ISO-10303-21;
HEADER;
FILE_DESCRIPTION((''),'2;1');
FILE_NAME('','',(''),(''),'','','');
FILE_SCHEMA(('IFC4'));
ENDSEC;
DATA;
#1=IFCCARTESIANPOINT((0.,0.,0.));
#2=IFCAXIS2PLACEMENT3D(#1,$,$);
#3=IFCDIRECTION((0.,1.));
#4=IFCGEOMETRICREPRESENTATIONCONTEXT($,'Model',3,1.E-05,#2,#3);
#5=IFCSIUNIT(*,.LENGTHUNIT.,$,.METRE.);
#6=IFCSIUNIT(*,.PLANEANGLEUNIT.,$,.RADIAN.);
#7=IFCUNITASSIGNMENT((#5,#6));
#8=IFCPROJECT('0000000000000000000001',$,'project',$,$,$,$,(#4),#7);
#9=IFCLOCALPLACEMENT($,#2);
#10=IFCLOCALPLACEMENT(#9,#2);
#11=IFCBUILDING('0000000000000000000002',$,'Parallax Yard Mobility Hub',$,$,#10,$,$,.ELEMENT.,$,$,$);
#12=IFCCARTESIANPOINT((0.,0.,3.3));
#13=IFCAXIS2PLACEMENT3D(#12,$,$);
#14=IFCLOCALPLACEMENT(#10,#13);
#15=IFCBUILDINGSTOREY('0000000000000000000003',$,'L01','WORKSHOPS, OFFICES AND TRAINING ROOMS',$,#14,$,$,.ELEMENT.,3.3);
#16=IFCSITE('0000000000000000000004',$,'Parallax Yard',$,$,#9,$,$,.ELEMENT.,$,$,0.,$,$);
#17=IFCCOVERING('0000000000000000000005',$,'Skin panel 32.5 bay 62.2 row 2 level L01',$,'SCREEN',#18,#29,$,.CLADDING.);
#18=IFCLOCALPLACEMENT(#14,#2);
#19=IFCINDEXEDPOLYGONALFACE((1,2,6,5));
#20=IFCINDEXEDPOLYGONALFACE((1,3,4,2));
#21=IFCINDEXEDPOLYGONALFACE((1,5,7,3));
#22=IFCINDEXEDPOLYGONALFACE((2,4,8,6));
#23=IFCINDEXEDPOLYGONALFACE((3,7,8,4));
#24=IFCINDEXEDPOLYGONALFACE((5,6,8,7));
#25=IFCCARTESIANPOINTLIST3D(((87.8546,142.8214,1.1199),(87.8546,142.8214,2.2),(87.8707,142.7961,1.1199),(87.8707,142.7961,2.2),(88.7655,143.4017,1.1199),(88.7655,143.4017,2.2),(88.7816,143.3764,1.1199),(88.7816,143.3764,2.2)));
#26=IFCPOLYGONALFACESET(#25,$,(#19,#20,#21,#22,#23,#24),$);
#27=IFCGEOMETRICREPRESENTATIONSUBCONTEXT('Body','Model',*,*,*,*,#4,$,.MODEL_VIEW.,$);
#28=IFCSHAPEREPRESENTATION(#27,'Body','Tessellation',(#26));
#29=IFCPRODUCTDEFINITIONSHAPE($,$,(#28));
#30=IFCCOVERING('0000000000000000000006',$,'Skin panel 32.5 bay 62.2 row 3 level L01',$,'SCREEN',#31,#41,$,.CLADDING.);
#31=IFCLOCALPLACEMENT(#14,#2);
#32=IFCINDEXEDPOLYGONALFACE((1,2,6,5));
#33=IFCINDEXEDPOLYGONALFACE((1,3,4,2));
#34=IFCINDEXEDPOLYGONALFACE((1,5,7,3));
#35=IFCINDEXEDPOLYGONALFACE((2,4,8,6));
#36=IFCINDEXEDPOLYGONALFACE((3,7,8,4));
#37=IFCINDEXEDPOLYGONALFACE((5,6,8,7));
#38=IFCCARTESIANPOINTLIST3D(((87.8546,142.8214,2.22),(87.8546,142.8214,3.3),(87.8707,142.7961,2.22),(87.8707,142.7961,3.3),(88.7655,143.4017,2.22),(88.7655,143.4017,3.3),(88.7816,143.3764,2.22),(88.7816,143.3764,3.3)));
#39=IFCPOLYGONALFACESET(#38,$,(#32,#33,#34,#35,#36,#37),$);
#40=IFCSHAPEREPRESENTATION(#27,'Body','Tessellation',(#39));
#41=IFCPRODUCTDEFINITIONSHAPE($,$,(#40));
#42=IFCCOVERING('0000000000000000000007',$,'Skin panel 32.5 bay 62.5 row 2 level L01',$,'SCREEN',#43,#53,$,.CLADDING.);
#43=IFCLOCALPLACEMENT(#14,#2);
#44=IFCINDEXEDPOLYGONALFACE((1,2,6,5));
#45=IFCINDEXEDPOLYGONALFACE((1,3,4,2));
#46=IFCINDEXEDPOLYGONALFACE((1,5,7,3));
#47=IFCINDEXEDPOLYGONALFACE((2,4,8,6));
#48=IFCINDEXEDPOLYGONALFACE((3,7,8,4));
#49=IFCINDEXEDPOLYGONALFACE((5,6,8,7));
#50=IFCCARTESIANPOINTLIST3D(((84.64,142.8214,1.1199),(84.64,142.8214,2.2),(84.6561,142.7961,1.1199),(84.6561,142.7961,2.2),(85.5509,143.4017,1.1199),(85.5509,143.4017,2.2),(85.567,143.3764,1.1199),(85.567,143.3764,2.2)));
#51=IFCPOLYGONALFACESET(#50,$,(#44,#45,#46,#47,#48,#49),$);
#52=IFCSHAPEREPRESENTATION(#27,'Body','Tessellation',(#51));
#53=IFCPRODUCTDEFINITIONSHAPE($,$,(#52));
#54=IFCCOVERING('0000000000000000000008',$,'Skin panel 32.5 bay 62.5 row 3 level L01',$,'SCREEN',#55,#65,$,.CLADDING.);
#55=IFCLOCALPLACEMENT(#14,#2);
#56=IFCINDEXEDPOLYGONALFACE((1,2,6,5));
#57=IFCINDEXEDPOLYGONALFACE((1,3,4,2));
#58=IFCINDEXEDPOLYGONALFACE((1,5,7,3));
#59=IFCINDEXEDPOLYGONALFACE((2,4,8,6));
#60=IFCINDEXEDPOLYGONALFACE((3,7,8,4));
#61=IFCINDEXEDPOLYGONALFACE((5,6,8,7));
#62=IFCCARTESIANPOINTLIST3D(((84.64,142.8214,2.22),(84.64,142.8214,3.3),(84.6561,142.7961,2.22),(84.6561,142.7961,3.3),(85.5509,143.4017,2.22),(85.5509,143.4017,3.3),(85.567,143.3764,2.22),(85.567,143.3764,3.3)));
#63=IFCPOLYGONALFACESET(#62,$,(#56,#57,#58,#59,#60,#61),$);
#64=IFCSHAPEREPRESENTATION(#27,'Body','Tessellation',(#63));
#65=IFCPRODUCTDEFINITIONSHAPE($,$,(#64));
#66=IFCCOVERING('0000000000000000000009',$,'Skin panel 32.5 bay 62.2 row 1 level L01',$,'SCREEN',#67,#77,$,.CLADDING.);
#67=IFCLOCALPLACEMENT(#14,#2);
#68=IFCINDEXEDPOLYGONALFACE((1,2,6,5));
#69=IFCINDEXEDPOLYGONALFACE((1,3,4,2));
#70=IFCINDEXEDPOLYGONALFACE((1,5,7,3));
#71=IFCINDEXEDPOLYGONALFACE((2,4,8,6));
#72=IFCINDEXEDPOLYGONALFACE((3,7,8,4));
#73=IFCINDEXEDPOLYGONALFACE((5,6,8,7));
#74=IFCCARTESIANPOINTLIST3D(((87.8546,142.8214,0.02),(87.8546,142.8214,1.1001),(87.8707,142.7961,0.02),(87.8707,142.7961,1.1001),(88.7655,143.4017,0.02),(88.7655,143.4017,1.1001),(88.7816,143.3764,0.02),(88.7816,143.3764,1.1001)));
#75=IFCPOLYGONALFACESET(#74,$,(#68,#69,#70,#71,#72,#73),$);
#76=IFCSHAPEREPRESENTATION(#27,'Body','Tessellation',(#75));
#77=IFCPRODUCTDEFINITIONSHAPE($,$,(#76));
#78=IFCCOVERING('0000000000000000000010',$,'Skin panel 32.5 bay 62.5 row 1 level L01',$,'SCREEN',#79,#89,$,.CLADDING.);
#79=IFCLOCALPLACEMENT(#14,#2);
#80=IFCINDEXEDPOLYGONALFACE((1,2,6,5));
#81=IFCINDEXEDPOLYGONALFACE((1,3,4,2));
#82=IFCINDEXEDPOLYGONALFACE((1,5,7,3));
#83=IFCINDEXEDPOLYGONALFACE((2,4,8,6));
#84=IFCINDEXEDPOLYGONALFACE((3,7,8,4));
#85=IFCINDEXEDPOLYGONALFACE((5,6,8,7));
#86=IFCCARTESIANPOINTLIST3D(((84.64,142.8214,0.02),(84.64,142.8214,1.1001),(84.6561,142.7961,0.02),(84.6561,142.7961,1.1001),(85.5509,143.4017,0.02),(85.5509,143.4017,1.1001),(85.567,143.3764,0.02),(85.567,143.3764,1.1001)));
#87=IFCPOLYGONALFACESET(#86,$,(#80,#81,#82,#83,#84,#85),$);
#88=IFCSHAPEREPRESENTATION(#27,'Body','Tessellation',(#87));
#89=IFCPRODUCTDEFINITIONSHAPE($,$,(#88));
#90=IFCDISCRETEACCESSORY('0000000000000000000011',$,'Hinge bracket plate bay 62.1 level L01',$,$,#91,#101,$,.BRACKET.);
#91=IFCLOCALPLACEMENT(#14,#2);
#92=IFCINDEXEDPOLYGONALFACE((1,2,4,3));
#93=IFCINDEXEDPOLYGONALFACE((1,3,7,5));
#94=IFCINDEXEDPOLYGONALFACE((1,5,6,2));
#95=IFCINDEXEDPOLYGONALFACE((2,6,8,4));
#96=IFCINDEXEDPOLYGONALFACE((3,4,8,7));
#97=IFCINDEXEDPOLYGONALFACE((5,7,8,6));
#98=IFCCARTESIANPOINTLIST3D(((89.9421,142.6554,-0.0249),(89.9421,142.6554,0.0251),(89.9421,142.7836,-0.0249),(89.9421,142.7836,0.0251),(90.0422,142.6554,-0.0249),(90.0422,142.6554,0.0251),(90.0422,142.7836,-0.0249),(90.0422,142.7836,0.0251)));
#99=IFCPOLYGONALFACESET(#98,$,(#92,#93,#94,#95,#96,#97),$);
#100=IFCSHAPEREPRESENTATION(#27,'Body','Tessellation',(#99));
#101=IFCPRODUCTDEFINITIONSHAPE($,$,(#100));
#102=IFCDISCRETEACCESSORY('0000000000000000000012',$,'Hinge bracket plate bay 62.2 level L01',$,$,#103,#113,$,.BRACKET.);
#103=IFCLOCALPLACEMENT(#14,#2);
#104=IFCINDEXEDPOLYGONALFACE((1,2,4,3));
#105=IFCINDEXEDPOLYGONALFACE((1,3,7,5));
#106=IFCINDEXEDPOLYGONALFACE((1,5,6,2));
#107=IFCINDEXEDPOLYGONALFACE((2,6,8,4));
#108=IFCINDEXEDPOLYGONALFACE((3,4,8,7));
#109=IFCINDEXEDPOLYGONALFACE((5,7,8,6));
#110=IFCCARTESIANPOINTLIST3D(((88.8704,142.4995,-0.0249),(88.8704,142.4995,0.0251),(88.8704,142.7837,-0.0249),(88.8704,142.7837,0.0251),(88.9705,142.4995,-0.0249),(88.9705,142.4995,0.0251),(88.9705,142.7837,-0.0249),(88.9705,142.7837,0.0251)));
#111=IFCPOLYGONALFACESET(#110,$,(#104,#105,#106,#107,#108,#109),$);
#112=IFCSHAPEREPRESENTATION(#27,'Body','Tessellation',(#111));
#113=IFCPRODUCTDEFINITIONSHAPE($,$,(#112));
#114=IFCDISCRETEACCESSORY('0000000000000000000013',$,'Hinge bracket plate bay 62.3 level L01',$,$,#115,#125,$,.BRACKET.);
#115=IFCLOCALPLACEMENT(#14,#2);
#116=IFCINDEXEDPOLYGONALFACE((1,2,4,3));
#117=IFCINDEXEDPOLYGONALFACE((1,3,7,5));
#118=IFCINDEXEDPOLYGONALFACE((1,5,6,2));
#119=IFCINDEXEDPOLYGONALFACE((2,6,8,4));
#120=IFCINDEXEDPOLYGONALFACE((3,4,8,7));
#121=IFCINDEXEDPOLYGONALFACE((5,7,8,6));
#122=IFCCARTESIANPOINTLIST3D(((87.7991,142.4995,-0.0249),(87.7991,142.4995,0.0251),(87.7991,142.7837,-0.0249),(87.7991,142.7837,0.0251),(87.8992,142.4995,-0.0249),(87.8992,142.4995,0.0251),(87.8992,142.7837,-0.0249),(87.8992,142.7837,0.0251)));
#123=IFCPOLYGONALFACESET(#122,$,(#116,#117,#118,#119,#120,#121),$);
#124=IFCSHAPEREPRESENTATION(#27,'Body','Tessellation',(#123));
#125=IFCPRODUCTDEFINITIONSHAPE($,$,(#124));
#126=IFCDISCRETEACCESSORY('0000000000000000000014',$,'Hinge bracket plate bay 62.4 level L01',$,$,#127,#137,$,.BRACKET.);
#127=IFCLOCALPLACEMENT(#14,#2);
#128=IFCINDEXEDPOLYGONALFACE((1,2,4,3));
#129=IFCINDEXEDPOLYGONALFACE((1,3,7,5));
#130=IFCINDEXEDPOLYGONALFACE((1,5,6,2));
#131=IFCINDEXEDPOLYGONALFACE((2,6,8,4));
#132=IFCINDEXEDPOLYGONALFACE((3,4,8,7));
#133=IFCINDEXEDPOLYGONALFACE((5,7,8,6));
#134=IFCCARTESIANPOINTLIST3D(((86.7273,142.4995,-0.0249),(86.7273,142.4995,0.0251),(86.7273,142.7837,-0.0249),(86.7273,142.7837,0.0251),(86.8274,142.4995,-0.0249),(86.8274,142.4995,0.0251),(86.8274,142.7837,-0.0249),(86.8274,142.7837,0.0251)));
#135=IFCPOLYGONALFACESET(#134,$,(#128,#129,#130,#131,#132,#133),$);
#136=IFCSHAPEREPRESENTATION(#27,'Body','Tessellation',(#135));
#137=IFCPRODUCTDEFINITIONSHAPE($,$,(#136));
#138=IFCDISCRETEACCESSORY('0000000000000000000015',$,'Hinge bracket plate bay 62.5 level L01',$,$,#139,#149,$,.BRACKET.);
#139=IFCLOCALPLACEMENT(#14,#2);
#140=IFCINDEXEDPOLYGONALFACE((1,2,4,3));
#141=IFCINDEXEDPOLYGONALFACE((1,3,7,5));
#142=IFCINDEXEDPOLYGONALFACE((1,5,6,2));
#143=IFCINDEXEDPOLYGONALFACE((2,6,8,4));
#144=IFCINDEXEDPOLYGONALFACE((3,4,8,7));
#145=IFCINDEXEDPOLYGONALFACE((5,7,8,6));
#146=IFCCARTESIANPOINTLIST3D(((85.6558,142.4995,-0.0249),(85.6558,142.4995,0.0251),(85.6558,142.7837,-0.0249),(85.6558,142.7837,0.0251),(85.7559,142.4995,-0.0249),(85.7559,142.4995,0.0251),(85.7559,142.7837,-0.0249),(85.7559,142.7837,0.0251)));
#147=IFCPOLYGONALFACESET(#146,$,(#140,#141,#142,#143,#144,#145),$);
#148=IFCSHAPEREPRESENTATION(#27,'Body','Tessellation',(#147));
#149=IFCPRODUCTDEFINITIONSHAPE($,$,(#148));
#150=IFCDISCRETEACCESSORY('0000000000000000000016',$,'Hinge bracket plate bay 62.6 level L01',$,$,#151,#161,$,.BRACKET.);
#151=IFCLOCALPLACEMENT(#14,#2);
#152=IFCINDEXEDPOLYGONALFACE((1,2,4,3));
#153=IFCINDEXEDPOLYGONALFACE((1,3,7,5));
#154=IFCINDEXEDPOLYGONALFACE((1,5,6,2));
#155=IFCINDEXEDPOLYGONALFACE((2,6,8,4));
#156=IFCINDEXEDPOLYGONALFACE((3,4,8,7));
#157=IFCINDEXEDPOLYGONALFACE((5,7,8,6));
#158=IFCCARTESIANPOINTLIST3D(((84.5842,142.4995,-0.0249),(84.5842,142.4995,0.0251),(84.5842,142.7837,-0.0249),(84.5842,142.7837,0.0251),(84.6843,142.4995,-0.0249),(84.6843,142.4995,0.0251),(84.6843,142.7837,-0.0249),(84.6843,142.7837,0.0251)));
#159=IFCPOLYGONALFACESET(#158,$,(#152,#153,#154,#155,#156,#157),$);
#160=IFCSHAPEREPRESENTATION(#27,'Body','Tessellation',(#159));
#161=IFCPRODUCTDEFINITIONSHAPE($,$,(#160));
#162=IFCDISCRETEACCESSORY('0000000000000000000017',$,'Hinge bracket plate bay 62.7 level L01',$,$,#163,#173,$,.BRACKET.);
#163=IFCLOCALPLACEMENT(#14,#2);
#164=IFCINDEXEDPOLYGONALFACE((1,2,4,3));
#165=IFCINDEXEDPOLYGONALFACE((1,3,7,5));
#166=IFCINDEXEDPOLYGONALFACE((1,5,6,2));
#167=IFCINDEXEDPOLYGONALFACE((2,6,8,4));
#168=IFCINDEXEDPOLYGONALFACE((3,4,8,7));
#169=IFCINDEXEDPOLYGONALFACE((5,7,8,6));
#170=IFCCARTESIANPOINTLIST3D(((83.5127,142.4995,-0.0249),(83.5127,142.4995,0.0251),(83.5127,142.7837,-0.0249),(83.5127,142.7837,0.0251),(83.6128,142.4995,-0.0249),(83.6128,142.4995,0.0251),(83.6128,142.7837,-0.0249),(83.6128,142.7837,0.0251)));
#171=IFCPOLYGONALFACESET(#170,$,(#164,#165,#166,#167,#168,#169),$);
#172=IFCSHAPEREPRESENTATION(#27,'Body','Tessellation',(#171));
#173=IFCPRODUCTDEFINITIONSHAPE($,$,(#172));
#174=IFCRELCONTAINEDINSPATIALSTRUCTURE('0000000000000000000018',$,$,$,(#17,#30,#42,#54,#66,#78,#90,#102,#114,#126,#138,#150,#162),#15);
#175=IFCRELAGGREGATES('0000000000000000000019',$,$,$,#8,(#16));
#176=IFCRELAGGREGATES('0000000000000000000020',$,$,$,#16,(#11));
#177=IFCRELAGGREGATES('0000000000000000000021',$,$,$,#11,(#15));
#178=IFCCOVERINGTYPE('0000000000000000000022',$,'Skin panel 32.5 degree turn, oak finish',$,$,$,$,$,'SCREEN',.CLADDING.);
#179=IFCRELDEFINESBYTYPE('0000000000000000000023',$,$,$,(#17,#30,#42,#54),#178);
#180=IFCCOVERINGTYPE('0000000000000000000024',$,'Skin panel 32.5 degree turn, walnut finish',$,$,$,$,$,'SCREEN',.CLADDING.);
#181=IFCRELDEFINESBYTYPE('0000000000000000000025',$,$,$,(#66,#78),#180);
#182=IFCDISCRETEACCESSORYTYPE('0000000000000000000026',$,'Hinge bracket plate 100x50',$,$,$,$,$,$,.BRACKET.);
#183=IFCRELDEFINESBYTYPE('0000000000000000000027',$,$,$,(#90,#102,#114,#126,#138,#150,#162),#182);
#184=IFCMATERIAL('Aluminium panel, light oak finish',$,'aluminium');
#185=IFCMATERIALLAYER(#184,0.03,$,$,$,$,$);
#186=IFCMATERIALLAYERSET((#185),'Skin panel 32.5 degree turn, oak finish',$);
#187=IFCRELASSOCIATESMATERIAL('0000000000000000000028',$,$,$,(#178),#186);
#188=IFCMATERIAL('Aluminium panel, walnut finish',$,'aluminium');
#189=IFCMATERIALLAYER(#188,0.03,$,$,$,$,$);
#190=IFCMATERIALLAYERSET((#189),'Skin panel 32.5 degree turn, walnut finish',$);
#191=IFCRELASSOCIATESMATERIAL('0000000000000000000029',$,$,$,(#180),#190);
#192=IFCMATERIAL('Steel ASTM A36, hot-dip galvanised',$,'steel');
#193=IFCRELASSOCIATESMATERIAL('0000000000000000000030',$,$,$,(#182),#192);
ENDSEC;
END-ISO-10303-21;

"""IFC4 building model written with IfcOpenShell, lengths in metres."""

from ifc_helpers import new_model, si_unit, direction, frame, origin, origin_2d, place, context, subcontext, project, spatial, rectangle, extrude, material, layer, layer_set, type_object, element, save


model = new_model("IFC4")

# Units and contexts
model_context = context("Model", 3, precision=1e-05, world=origin(), true_north=direction((0.0, 1.0)))
body_context = subcontext(model_context, "Body", "Model", "MODEL_VIEW")
ifc_project = project(units=[si_unit("LENGTHUNIT", "METRE"), si_unit("PLANEANGLEUNIT", "RADIAN")], contexts=[model_context])

# Site, building, storey
site_placement = place(None, origin())
site = spatial("IfcSite", under=ifc_project, at=site_placement, Name="Parallax Yard", CompositionType="ELEMENT", RefElevation=0.0)
building_placement = place(site_placement, origin())
building = spatial("IfcBuilding", under=site, at=building_placement, Name="Parallax Yard Mobility Hub", CompositionType="ELEMENT")
storey_placement = place(building_placement, frame((0.0, 0.0, 3.3)))
storey = spatial("IfcBuildingStorey", under=building, at=storey_placement, Name="L01", Description="WORKSHOPS, OFFICES AND TRAINING ROOMS", CompositionType="ELEMENT", Elevation=3.3)

# Coverings
ifc_material_1 = material(Name="Aluminium panel, light oak finish", Category="aluminium")
ifc_material_2 = material(Name="Aluminium panel, walnut finish", Category="aluminium")
ifc_layer_1 = layer(ifc_material_1, 0.03)
ifc_layer_set_1 = layer_set([ifc_layer_1], Name="Skin panel 32.5 degree turn, oak finish")
covering_type_1 = type_object("IfcCoveringType", Name="Skin panel 32.5 degree turn, oak finish", ElementType="SCREEN", PredefinedType="CLADDING", material=ifc_layer_set_1)
for number, where, z_axis, x_axis, name in (
    (1, (88.3181, 143.0989, 1.1199), (0.0, 0.0, 1.0), (0.843391, 0.5373, 0.0), "Skin panel 32.5 bay 62.2 row 2 level L01"),
    (2, (88.3181, 143.0989, 2.22), (0.0, 0.0, 1.0), (0.843391, 0.5373, 0.0), "Skin panel 32.5 bay 62.2 row 3 level L01"),
    (3, (85.1035, 143.0989, 1.1199), (0.0, 0.0, 1.0), (0.843391, 0.5373, 0.0), "Skin panel 32.5 bay 62.5 row 2 level L01"),
    (4, (85.1035, 143.0989, 2.22), (0.0, 0.0, 1.0), (0.843391, 0.5373, 0.0), "Skin panel 32.5 bay 62.5 row 3 level L01"),
):
    element("IfcCovering", number, at=place(storey_placement, frame(where, z_axis=z_axis, x_axis=x_axis)), inside=storey, type_object=covering_type_1, Name=name, ObjectType="SCREEN", PredefinedType="CLADDING", context=body_context, shape_type="SweptSolid", body=[
        extrude(rectangle(XDim=1.0801, YDim=0.03, at=origin_2d()), origin(), (0.0, 0.0, 1.0), 1.0801),
    ])
ifc_layer_2 = layer(ifc_material_2, 0.03)
ifc_layer_set_2 = layer_set([ifc_layer_2], Name="Skin panel 32.5 degree turn, walnut finish")
covering_type_2 = type_object("IfcCoveringType", Name="Skin panel 32.5 degree turn, walnut finish", ElementType="SCREEN", PredefinedType="CLADDING", material=ifc_layer_set_2)
for number, where, z_axis, x_axis, name in (
    (5, (88.3181, 143.0989, 0.02), (0.0, 0.0, 1.0), (0.843391, 0.5373, 0.0), "Skin panel 32.5 bay 62.2 row 1 level L01"),
    (6, (85.1035, 143.0989, 0.02), (0.0, 0.0, 1.0), (0.843391, 0.5373, 0.0), "Skin panel 32.5 bay 62.5 row 1 level L01"),
):
    element("IfcCovering", number, at=place(storey_placement, frame(where, z_axis=z_axis, x_axis=x_axis)), inside=storey, type_object=covering_type_2, Name=name, ObjectType="SCREEN", PredefinedType="CLADDING", context=body_context, shape_type="SweptSolid", body=[
        extrude(rectangle(XDim=1.0801, YDim=0.03, at=origin_2d()), origin(), (0.0, 0.0, 1.0), 1.0801),
    ])

# Discrete accessories
ifc_material_3 = material(Name="Steel ASTM A36, hot-dip galvanised", Category="steel")
discrete_accessory_type_1 = type_object("IfcDiscreteAccessoryType", Name="Hinge bracket plate 100x50", PredefinedType="BRACKET", material=ifc_material_3)
discrete_accessory_placement = place(storey_placement, frame((89.9922, 142.7195, -0.0249), z_axis=(0.0, 0.0, 1.0), x_axis=(0.0, 1.0, 0.0)))
element("IfcDiscreteAccessory", 7, at=discrete_accessory_placement, inside=storey, type_object=discrete_accessory_type_1, Name="Hinge bracket plate bay 62.1 level L01", PredefinedType="BRACKET", context=body_context, shape_type="SweptSolid", body=[
    extrude(rectangle(XDim=0.1282, YDim=0.1001, at=origin_2d()), origin(), (0.0, 0.0, 1.0), 0.05),
])
for number, where, z_axis, x_axis, name in (
    (8, (88.9204, 142.6416, -0.0249), (0.0, 0.0, 1.0), (0.0, 1.0, 0.0), "Hinge bracket plate bay 62.2 level L01"),
    (9, (87.8491, 142.6416, -0.0249), (0.0, 0.0, 1.0), (0.0, 1.0, 0.0), "Hinge bracket plate bay 62.3 level L01"),
    (10, (86.7773, 142.6416, -0.0249), (0.0, 0.0, 1.0), (0.0, 1.0, 0.0), "Hinge bracket plate bay 62.4 level L01"),
    (11, (85.7058, 142.6416, -0.0249), (0.0, 0.0, 1.0), (0.0, 1.0, 0.0), "Hinge bracket plate bay 62.5 level L01"),
    (12, (84.6343, 142.6416, -0.0249), (0.0, 0.0, 1.0), (0.0, 1.0, 0.0), "Hinge bracket plate bay 62.6 level L01"),
    (13, (83.5627, 142.6416, -0.0249), (0.0, 0.0, 1.0), (0.0, 1.0, 0.0), "Hinge bracket plate bay 62.7 level L01"),
):
    element("IfcDiscreteAccessory", number, at=place(storey_placement, frame(where, z_axis=z_axis, x_axis=x_axis)), inside=storey, type_object=discrete_accessory_type_1, Name=name, PredefinedType="BRACKET", context=body_context, shape_type="SweptSolid", body=[
        extrude(rectangle(XDim=0.2842, YDim=0.1001, at=origin_2d()), origin(), (0.0, 0.0, 1.0), 0.05),
    ])

save(model, "model.ifc")
